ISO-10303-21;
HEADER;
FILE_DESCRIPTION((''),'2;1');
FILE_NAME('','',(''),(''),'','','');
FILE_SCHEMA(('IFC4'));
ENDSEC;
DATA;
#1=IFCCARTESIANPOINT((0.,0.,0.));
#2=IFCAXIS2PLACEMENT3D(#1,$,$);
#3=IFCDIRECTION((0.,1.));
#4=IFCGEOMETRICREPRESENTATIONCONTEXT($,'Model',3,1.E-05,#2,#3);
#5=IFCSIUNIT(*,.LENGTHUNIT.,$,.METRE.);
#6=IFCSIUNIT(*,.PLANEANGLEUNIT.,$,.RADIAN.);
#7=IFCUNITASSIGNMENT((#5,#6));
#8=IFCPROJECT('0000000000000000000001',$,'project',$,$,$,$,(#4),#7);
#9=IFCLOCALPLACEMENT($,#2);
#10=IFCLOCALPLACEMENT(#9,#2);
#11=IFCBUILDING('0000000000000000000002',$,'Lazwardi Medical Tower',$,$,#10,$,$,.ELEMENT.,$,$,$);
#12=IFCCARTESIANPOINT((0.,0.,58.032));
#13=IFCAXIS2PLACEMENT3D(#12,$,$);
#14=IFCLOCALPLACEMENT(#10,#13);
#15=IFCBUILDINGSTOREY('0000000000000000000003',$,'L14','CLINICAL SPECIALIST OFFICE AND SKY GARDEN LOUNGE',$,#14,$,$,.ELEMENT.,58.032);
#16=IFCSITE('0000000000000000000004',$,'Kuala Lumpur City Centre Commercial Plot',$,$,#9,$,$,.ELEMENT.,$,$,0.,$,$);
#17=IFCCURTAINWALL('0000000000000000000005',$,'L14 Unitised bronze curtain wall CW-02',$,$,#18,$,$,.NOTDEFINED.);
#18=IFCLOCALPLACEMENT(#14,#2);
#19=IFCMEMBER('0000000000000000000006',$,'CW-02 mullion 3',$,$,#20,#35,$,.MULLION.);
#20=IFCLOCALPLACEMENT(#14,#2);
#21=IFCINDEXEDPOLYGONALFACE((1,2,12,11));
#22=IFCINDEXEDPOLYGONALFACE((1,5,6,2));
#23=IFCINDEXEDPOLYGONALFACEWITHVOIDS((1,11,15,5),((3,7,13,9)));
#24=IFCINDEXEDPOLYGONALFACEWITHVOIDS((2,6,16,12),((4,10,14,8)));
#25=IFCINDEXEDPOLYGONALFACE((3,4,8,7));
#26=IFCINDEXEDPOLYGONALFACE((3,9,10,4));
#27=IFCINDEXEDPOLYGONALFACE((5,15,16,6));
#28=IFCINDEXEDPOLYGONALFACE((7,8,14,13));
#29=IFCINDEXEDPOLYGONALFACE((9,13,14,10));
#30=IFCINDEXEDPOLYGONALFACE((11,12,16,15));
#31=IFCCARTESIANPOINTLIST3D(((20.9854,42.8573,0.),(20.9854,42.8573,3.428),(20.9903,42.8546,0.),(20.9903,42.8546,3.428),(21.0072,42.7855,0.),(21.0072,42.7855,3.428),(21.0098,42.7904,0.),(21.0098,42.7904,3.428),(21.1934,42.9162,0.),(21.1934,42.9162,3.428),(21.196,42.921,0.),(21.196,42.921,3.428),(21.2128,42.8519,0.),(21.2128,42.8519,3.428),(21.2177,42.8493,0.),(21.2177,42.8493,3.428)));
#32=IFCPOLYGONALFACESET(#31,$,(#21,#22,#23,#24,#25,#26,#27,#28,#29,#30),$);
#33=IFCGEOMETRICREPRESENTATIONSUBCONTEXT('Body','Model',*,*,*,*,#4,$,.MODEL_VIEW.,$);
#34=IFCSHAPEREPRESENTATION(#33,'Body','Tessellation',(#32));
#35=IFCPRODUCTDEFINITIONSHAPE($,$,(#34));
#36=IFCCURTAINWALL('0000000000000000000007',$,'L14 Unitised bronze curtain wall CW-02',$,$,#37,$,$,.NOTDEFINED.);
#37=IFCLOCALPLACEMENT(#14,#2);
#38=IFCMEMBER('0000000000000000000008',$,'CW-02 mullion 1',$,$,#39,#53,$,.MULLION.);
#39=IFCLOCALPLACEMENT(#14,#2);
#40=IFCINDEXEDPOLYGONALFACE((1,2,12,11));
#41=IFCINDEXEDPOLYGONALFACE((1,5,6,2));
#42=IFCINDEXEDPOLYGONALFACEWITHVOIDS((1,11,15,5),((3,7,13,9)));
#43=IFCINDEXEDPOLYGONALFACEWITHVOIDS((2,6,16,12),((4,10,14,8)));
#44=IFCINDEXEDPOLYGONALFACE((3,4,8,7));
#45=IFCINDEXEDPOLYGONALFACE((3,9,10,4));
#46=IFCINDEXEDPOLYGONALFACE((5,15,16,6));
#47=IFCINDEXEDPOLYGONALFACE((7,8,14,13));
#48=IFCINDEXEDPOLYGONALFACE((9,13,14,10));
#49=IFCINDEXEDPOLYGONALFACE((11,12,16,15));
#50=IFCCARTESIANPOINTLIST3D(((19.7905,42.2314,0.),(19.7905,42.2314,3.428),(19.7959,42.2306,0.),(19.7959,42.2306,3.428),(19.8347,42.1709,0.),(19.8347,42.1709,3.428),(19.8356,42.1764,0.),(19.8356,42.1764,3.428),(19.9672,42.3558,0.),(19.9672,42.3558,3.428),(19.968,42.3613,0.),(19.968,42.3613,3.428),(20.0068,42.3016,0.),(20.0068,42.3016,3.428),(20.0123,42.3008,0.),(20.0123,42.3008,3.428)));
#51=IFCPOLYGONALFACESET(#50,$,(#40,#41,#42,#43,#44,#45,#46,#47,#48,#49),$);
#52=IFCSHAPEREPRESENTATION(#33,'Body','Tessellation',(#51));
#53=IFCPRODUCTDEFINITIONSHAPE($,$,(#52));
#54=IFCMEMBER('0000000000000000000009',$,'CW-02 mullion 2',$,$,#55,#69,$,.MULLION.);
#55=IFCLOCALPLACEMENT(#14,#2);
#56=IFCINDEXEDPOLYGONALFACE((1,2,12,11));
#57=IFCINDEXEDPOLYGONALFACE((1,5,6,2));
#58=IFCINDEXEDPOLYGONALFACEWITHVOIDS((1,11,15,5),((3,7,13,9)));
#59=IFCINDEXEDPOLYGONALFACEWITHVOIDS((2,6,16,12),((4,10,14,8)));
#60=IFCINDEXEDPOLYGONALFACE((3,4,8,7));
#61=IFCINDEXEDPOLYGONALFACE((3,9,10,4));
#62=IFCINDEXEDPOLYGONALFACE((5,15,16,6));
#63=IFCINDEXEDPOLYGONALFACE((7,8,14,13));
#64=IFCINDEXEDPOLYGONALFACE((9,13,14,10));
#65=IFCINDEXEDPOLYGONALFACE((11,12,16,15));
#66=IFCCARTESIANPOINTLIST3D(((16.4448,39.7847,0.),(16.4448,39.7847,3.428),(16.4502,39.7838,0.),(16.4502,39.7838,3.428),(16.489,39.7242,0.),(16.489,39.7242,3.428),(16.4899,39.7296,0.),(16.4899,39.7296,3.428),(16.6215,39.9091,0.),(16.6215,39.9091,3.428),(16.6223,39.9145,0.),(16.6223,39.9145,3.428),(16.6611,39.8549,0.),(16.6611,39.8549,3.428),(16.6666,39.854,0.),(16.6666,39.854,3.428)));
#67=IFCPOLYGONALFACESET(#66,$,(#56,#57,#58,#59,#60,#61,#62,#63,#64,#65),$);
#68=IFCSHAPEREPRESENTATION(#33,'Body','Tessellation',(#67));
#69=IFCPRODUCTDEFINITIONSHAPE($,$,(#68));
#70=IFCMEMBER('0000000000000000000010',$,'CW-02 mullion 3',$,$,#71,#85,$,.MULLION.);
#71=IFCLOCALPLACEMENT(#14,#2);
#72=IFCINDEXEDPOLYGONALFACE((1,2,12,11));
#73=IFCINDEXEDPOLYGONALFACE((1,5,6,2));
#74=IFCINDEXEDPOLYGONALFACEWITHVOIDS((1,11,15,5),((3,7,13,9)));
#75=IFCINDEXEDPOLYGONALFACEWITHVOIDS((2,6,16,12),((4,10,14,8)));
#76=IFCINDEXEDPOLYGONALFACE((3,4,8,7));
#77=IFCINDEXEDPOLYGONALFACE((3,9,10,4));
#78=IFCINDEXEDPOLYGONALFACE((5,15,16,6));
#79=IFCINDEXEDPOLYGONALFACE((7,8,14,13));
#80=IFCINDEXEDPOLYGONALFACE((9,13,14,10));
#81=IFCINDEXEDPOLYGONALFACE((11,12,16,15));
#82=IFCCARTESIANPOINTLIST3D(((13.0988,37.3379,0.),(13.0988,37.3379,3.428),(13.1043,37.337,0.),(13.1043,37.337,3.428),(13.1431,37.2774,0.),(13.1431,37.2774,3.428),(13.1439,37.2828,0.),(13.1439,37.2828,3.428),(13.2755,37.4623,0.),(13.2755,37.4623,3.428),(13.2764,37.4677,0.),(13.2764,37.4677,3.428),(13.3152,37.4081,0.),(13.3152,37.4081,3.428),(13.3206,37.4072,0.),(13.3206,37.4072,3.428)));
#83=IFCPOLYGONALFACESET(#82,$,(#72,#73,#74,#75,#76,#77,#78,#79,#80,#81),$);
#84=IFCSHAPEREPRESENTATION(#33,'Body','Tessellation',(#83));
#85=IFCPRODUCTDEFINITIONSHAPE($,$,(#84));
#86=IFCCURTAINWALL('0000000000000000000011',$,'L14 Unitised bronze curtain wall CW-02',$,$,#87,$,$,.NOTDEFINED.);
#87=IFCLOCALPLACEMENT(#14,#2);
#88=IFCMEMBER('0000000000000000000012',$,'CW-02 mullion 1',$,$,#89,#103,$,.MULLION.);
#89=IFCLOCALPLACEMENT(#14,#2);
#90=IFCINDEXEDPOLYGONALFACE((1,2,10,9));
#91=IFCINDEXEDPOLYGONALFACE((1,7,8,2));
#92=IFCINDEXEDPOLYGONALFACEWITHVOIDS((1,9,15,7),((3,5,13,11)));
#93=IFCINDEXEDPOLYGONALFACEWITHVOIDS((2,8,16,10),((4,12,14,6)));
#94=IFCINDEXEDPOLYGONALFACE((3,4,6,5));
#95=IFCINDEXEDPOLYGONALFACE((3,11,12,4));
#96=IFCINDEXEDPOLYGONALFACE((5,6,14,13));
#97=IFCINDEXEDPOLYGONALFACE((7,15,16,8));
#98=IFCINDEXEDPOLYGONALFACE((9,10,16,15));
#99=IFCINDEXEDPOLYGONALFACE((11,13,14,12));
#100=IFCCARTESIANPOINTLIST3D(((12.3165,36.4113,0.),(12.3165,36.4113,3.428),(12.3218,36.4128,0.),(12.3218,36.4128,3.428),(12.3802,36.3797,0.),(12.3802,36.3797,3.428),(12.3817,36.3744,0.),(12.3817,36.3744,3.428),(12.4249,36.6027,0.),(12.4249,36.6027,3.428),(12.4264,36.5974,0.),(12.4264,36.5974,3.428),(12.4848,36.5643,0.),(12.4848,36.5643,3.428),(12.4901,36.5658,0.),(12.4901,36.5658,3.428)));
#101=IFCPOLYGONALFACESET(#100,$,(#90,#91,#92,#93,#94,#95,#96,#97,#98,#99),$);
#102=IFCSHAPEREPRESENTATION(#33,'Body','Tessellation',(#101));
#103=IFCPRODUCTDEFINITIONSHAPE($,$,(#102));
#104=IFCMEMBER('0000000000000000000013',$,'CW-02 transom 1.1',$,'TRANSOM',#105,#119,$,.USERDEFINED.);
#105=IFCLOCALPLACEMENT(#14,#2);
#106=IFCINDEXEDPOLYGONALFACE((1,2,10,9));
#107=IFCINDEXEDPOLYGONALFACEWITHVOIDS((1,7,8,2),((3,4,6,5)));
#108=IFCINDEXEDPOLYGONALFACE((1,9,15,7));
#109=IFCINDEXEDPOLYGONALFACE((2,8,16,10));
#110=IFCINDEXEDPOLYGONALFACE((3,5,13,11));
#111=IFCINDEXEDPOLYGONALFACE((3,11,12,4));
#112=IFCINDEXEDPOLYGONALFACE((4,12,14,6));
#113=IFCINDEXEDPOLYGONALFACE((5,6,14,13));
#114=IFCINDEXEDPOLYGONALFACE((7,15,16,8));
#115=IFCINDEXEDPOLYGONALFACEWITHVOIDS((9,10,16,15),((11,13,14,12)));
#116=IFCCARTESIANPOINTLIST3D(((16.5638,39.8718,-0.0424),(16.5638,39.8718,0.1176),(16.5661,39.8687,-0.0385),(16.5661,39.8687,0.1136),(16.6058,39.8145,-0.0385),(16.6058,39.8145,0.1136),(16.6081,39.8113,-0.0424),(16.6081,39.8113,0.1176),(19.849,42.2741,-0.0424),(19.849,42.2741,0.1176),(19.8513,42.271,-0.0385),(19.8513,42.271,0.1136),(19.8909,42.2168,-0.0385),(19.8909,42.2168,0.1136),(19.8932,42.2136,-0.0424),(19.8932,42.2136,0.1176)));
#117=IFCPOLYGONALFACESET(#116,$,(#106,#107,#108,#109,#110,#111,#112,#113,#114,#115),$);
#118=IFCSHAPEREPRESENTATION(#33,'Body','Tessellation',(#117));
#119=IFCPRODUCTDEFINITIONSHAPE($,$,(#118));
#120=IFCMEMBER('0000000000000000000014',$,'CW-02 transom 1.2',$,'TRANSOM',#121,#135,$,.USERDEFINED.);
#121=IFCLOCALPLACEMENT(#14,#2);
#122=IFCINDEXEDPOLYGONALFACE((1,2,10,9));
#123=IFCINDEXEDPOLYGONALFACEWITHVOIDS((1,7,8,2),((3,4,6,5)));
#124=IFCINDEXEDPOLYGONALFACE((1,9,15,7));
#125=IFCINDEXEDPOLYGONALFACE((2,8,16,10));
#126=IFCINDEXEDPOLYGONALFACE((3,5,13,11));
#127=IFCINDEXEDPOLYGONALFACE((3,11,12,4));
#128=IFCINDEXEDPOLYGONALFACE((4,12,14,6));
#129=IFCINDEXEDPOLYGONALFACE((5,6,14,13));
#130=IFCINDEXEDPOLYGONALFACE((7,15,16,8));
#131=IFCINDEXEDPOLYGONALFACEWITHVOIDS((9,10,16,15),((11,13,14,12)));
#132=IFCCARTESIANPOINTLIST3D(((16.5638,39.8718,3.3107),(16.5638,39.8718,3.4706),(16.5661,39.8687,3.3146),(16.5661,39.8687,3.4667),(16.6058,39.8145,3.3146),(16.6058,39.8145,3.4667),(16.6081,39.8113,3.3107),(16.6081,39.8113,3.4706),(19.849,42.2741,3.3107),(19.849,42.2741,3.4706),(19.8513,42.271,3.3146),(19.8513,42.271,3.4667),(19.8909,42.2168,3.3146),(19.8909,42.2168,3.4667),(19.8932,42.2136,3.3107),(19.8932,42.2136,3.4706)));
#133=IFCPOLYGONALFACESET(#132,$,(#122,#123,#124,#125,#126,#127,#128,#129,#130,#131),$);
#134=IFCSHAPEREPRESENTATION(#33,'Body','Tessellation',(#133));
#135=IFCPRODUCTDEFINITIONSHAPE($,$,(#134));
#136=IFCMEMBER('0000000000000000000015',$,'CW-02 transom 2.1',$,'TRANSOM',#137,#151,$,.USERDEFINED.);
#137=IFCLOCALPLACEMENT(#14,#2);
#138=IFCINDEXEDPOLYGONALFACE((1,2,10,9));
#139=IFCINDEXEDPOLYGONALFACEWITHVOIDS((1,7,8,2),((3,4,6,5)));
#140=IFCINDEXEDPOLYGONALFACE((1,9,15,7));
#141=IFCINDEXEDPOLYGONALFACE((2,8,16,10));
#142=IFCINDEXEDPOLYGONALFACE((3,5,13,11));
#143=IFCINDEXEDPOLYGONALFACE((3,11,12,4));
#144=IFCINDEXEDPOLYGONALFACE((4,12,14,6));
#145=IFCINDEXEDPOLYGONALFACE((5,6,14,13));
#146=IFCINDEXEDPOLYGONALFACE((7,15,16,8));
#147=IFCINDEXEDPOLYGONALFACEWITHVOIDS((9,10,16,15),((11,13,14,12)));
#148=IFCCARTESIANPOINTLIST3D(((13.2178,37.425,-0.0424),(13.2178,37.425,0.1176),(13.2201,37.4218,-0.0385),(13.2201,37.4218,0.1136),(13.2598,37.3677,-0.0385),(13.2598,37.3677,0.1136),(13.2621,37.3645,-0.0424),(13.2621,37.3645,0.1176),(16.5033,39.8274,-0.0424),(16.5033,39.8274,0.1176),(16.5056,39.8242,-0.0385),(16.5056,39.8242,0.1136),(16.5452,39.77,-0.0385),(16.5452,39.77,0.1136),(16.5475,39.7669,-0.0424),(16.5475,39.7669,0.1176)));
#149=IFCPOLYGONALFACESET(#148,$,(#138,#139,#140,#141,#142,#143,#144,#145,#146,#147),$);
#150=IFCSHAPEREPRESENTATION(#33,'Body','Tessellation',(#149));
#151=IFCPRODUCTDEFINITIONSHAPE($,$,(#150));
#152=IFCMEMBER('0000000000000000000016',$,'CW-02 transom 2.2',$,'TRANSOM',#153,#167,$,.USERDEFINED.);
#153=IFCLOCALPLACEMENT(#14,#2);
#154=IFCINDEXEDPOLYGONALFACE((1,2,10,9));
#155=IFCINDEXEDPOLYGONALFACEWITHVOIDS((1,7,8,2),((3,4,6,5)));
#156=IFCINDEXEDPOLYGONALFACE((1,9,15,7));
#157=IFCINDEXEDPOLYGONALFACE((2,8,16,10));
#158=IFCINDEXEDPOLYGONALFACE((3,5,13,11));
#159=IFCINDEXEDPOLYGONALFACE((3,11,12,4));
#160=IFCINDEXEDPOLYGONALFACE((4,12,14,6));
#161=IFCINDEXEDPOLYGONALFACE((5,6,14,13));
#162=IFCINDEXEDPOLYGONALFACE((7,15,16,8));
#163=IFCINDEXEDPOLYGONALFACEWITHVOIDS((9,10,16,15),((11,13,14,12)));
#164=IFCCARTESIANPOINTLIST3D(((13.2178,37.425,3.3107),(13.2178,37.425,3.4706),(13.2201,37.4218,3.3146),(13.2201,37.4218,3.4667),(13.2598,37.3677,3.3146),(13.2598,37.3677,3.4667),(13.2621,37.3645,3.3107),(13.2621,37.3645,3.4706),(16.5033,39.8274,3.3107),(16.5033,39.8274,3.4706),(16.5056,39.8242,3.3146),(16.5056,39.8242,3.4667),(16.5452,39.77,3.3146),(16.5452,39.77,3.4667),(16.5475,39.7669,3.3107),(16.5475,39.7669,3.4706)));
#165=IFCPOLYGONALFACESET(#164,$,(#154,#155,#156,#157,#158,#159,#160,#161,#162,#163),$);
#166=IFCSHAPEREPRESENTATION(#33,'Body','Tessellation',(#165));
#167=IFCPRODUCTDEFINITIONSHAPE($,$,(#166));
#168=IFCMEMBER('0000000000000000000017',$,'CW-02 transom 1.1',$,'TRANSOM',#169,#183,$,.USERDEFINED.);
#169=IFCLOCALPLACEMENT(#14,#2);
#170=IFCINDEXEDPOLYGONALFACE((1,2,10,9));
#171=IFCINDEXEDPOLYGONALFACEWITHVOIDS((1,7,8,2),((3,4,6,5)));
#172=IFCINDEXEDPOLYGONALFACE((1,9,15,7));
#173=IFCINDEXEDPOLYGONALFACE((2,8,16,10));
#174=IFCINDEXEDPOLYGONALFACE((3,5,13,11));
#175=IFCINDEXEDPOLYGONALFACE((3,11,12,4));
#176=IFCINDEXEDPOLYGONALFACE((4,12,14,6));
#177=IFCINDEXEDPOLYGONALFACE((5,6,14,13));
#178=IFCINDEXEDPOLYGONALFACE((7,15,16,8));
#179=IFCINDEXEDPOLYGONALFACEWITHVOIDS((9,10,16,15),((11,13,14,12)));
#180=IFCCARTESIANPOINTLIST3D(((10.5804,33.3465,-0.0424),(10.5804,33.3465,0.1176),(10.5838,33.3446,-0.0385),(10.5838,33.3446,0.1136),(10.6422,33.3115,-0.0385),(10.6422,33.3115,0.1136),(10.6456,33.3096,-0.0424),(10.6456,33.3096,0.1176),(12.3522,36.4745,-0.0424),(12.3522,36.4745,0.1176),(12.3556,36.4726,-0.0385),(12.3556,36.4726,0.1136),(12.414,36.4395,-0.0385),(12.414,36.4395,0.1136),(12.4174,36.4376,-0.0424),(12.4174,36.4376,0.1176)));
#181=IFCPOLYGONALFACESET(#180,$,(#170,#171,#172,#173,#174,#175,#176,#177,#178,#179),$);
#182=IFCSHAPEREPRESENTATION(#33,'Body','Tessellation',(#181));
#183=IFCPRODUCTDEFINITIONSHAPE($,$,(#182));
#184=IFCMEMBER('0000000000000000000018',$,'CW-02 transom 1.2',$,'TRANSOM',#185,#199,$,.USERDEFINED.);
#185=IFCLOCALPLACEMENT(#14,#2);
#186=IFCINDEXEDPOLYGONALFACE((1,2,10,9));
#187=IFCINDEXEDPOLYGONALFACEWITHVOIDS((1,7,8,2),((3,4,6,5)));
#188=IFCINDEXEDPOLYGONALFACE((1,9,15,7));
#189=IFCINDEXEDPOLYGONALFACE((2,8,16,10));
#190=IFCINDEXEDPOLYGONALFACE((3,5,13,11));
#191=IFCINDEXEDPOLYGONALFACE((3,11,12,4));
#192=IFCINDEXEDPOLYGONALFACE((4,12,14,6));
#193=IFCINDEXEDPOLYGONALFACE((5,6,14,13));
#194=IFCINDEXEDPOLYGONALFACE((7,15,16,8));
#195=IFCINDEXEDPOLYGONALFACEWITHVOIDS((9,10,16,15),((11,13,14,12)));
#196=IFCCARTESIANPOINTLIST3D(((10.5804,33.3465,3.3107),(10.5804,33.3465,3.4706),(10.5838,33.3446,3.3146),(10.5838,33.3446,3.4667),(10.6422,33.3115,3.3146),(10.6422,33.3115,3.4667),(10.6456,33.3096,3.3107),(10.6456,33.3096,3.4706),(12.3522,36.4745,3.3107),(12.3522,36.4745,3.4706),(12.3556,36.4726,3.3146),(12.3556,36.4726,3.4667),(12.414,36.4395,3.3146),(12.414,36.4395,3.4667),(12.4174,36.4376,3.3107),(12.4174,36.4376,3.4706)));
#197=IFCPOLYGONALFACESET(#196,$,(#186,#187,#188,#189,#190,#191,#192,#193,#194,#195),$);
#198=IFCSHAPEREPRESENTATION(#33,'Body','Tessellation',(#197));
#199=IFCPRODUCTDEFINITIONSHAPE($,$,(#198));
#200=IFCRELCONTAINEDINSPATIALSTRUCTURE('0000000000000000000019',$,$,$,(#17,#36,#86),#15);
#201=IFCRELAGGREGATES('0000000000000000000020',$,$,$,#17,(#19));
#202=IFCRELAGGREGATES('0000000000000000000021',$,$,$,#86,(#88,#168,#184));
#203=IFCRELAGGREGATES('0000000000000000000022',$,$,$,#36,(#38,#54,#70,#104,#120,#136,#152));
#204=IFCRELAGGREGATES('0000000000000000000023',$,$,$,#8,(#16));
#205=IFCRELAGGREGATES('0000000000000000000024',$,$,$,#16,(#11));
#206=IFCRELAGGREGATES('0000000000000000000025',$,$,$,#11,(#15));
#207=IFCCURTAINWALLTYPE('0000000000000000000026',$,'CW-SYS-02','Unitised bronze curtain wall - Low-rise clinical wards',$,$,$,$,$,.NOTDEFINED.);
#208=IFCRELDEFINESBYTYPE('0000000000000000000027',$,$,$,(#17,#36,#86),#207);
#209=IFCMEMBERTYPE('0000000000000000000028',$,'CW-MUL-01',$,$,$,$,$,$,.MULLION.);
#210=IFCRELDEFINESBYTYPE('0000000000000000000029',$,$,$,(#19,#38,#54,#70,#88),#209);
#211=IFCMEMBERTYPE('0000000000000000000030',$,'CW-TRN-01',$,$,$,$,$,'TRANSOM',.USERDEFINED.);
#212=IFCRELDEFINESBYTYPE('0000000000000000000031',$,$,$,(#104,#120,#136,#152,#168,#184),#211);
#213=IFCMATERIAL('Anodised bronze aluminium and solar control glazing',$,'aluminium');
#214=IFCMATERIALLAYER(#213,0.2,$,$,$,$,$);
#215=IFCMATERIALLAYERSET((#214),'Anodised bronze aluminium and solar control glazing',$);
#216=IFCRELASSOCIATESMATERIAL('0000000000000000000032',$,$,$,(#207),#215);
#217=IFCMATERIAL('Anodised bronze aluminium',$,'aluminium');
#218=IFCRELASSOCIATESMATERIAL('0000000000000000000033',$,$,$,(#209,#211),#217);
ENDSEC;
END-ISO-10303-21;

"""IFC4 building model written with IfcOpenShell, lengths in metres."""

from ifc_helpers import new_model, si_unit, direction, frame, origin, origin_2d, place, context, subcontext, project, spatial, hollow_rectangle, extrude, material, layer, layer_set, material_profile, profile_set, type_object, element, aggregate, save


model = new_model("IFC4")

# Units and contexts
model_context = context("Model", 3, precision=1e-05, world=origin(), true_north=direction((0.0, 1.0)))
body_context = subcontext(model_context, "Body", "Model", "MODEL_VIEW")
ifc_project = project(units=[si_unit("LENGTHUNIT", "METRE"), si_unit("PLANEANGLEUNIT", "RADIAN")], contexts=[model_context])

# Site, building, storey
site_placement = place(None, origin())
site = spatial("IfcSite", under=ifc_project, at=site_placement, Name="Kuala Lumpur City Centre Commercial Plot", CompositionType="ELEMENT", RefElevation=0.0)
building_placement = place(site_placement, origin())
building = spatial("IfcBuilding", under=site, at=building_placement, Name="Lazwardi Medical Tower", CompositionType="ELEMENT")
storey_placement = place(building_placement, frame((0.0, 0.0, 58.032)))
storey = spatial("IfcBuildingStorey", under=building, at=storey_placement, Name="L14", Description="CLINICAL SPECIALIST OFFICE AND SKY GARDEN LOUNGE", CompositionType="ELEMENT", Elevation=58.032)

# Curtain wall, member
ifc_material_1 = material(Name="Anodised bronze aluminium and solar control glazing", Category="aluminium")
ifc_layer_1 = layer(ifc_material_1, 0.2)
ifc_layer_set_1 = layer_set([ifc_layer_1], Name="Anodised bronze aluminium and solar control glazing")
curtain_wall_type = type_object("IfcCurtainWallType", Name="CW-SYS-02", Description="Unitised bronze curtain wall - Low-rise clinical wards", PredefinedType="NOTDEFINED", material=ifc_layer_set_1)
curtain_wall_1_placement = place(storey_placement, origin())
curtain_wall_1 = element("IfcCurtainWall", 1, at=curtain_wall_1_placement, inside=storey, type_object=curtain_wall_type, Name="L14 Unitised bronze curtain wall CW-02", PredefinedType="NOTDEFINED")
ifc_material_2 = material(Name="Anodised bronze aluminium", Category="aluminium")
ifc_material_profile_1 = material_profile(ifc_material_2, hollow_rectangle(XDim=0.075, YDim=0.22, WallThickness=0.0039, at=origin_2d()), Name="ALU-MULLION 220x75x4")
ifc_profile_set_1 = profile_set([ifc_material_profile_1], Name="Anodised bronze aluminium")
member_type_1 = type_object("IfcMemberType", Name="CW-MUL-01", PredefinedType="MULLION", material=ifc_profile_set_1)
member_1_placement = place(storey_placement, frame((21.1016, 42.8533, 0.0), z_axis=(0.0, 0.0, 1.0), x_axis=(0.289896, -0.957058, 0.0)))
member_1 = element("IfcMember", 2, at=member_1_placement, type_object=member_type_1, Name="CW-02 mullion 3", PredefinedType="MULLION", context=body_context, shape_type="SweptSolid", body=[
    extrude(hollow_rectangle(XDim=0.075, YDim=0.22, WallThickness=0.0039, at=origin_2d()), origin(), (0.0, 0.0, 1.0), 3.428),
])
aggregate(curtain_wall_1, [member_1])

# Curtain wall, members
curtain_wall_2_placement = place(storey_placement, origin())
curtain_wall_2 = element("IfcCurtainWall", 3, at=curtain_wall_2_placement, inside=storey, type_object=curtain_wall_type, Name="L14 Unitised bronze curtain wall CW-02", PredefinedType="NOTDEFINED")
member_2_placement = place(storey_placement, frame((19.9014, 42.2661, 0.0), z_axis=(0.0, 0.0, 1.0), x_axis=(0.590289, -0.807192, 0.0)))
member_2 = element("IfcMember", 4, at=member_2_placement, type_object=member_type_1, Name="CW-02 mullion 1", PredefinedType="MULLION", context=body_context, shape_type="SweptSolid", body=[
    extrude(hollow_rectangle(XDim=0.075, YDim=0.22, WallThickness=0.0039, at=origin_2d()), origin(), (0.0, 0.0, 1.0), 3.428),
])
member_3_placement = place(storey_placement, frame((16.5557, 39.8193, 0.0), z_axis=(0.0, 0.0, 1.0), x_axis=(0.590289, -0.807192, 0.0)))
member_3 = element("IfcMember", 5, at=member_3_placement, type_object=member_type_1, Name="CW-02 mullion 2", PredefinedType="MULLION", context=body_context, shape_type="SweptSolid", body=[
    extrude(hollow_rectangle(XDim=0.075, YDim=0.22, WallThickness=0.0039, at=origin_2d()), origin(), (0.0, 0.0, 1.0), 3.428),
])
member_4_placement = place(storey_placement, frame((13.2097, 37.3726, 0.0), z_axis=(0.0, 0.0, 1.0), x_axis=(0.590289, -0.807192, 0.0)))
member_4 = element("IfcMember", 6, at=member_4_placement, type_object=member_type_1, Name="CW-02 mullion 3", PredefinedType="MULLION", context=body_context, shape_type="SweptSolid", body=[
    extrude(hollow_rectangle(XDim=0.075, YDim=0.22, WallThickness=0.0039, at=origin_2d()), origin(), (0.0, 0.0, 1.0), 3.428),
])

# Curtain wall, member
curtain_wall_3_placement = place(storey_placement, origin())
curtain_wall_3 = element("IfcCurtainWall", 7, at=curtain_wall_3_placement, inside=storey, type_object=curtain_wall_type, Name="L14 Unitised bronze curtain wall CW-02", PredefinedType="NOTDEFINED")
member_5_placement = place(storey_placement, frame((12.4033, 36.4885, 0.0), z_axis=(0.0, 0.0, 1.0), x_axis=(0.870112, -0.492854, 0.0)))
member_5 = element("IfcMember", 8, at=member_5_placement, type_object=member_type_1, Name="CW-02 mullion 1", PredefinedType="MULLION", context=body_context, shape_type="SweptSolid", body=[
    extrude(hollow_rectangle(XDim=0.075, YDim=0.22, WallThickness=0.0039, at=origin_2d()), origin(), (0.0, 0.0, 1.0), 3.428),
])

# Members
ifc_material_profile_2 = material_profile(ifc_material_2, hollow_rectangle(XDim=0.075, YDim=0.1599, WallThickness=0.0039, at=origin_2d()), Name="ALU-TRANSOM 160x75x4")
ifc_profile_set_2 = profile_set([ifc_material_profile_2], Name="Anodised bronze aluminium")
member_type_2 = type_object("IfcMemberType", Name="CW-TRN-01", ElementType="TRANSOM", PredefinedType="USERDEFINED", material=ifc_profile_set_2)
member_6_placement = place(storey_placement, frame((19.8711, 42.2439, 0.0376), z_axis=(-0.807198, -0.590281, 0.0), x_axis=(0.590281, -0.807198, 0.0)))
member_6 = element("IfcMember", 9, at=member_6_placement, type_object=member_type_2, Name="CW-02 transom 1.1", ObjectType="TRANSOM", PredefinedType="USERDEFINED", context=body_context, shape_type="SweptSolid", body=[
    extrude(hollow_rectangle(XDim=0.075, YDim=0.1599, WallThickness=0.0039, at=origin_2d()), origin(), (0.0, 0.0, 1.0), 4.0698),
])
member_7_placement = place(storey_placement, frame((19.8711, 42.2439, 3.3906), z_axis=(-0.807198, -0.590281, 0.0), x_axis=(0.590281, -0.807198, 0.0)))
member_7 = element("IfcMember", 10, at=member_7_placement, type_object=member_type_2, Name="CW-02 transom 1.2", ObjectType="TRANSOM", PredefinedType="USERDEFINED", context=body_context, shape_type="SweptSolid", body=[
    extrude(hollow_rectangle(XDim=0.075, YDim=0.1599, WallThickness=0.0039, at=origin_2d()), origin(), (0.0, 0.0, 1.0), 4.0698),
])
member_8_placement = place(storey_placement, frame((16.5254, 39.7971, 0.0376), z_axis=(-0.807219, -0.590253, 0.0), x_axis=(0.590253, -0.807219, 0.0)))
member_8 = element("IfcMember", 11, at=member_8_placement, type_object=member_type_2, Name="CW-02 transom 2.1", ObjectType="TRANSOM", PredefinedType="USERDEFINED", context=body_context, shape_type="SweptSolid", body=[
    extrude(hollow_rectangle(XDim=0.075, YDim=0.1599, WallThickness=0.0039, at=origin_2d()), origin(), (0.0, 0.0, 1.0), 4.0701),
])
member_9_placement = place(storey_placement, frame((16.5254, 39.7971, 3.3906), z_axis=(-0.807219, -0.590253, 0.0), x_axis=(0.590253, -0.807219, 0.0)))
member_9 = element("IfcMember", 12, at=member_9_placement, type_object=member_type_2, Name="CW-02 transom 2.2", ObjectType="TRANSOM", PredefinedType="USERDEFINED", context=body_context, shape_type="SweptSolid", body=[
    extrude(hollow_rectangle(XDim=0.075, YDim=0.1599, WallThickness=0.0039, at=origin_2d()), origin(), (0.0, 0.0, 1.0), 4.0701),
])
member_10_placement = place(storey_placement, frame((12.3848, 36.4561, 0.0376), z_axis=(-0.492851, -0.870113, 0.0), x_axis=(0.870113, -0.492851, 0.0)))
member_10 = element("IfcMember", 13, at=member_10_placement, type_object=member_type_2, Name="CW-02 transom 1.1", ObjectType="TRANSOM", PredefinedType="USERDEFINED", context=body_context, shape_type="SweptSolid", body=[
    extrude(hollow_rectangle(XDim=0.075, YDim=0.1599, WallThickness=0.0039, at=origin_2d()), origin(), (0.0, 0.0, 1.0), 3.595),
])
member_11_placement = place(storey_placement, frame((12.3848, 36.4561, 3.3906), z_axis=(-0.492851, -0.870113, 0.0), x_axis=(0.870113, -0.492851, 0.0)))
member_11 = element("IfcMember", 14, at=member_11_placement, type_object=member_type_2, Name="CW-02 transom 1.2", ObjectType="TRANSOM", PredefinedType="USERDEFINED", context=body_context, shape_type="SweptSolid", body=[
    extrude(hollow_rectangle(XDim=0.075, YDim=0.1599, WallThickness=0.0039, at=origin_2d()), origin(), (0.0, 0.0, 1.0), 3.595),
])
aggregate(curtain_wall_3, [member_5, member_10, member_11])

aggregate(curtain_wall_2, [member_2, member_3, member_4, member_6, member_7, member_8, member_9])

save(model, "model.ifc")
